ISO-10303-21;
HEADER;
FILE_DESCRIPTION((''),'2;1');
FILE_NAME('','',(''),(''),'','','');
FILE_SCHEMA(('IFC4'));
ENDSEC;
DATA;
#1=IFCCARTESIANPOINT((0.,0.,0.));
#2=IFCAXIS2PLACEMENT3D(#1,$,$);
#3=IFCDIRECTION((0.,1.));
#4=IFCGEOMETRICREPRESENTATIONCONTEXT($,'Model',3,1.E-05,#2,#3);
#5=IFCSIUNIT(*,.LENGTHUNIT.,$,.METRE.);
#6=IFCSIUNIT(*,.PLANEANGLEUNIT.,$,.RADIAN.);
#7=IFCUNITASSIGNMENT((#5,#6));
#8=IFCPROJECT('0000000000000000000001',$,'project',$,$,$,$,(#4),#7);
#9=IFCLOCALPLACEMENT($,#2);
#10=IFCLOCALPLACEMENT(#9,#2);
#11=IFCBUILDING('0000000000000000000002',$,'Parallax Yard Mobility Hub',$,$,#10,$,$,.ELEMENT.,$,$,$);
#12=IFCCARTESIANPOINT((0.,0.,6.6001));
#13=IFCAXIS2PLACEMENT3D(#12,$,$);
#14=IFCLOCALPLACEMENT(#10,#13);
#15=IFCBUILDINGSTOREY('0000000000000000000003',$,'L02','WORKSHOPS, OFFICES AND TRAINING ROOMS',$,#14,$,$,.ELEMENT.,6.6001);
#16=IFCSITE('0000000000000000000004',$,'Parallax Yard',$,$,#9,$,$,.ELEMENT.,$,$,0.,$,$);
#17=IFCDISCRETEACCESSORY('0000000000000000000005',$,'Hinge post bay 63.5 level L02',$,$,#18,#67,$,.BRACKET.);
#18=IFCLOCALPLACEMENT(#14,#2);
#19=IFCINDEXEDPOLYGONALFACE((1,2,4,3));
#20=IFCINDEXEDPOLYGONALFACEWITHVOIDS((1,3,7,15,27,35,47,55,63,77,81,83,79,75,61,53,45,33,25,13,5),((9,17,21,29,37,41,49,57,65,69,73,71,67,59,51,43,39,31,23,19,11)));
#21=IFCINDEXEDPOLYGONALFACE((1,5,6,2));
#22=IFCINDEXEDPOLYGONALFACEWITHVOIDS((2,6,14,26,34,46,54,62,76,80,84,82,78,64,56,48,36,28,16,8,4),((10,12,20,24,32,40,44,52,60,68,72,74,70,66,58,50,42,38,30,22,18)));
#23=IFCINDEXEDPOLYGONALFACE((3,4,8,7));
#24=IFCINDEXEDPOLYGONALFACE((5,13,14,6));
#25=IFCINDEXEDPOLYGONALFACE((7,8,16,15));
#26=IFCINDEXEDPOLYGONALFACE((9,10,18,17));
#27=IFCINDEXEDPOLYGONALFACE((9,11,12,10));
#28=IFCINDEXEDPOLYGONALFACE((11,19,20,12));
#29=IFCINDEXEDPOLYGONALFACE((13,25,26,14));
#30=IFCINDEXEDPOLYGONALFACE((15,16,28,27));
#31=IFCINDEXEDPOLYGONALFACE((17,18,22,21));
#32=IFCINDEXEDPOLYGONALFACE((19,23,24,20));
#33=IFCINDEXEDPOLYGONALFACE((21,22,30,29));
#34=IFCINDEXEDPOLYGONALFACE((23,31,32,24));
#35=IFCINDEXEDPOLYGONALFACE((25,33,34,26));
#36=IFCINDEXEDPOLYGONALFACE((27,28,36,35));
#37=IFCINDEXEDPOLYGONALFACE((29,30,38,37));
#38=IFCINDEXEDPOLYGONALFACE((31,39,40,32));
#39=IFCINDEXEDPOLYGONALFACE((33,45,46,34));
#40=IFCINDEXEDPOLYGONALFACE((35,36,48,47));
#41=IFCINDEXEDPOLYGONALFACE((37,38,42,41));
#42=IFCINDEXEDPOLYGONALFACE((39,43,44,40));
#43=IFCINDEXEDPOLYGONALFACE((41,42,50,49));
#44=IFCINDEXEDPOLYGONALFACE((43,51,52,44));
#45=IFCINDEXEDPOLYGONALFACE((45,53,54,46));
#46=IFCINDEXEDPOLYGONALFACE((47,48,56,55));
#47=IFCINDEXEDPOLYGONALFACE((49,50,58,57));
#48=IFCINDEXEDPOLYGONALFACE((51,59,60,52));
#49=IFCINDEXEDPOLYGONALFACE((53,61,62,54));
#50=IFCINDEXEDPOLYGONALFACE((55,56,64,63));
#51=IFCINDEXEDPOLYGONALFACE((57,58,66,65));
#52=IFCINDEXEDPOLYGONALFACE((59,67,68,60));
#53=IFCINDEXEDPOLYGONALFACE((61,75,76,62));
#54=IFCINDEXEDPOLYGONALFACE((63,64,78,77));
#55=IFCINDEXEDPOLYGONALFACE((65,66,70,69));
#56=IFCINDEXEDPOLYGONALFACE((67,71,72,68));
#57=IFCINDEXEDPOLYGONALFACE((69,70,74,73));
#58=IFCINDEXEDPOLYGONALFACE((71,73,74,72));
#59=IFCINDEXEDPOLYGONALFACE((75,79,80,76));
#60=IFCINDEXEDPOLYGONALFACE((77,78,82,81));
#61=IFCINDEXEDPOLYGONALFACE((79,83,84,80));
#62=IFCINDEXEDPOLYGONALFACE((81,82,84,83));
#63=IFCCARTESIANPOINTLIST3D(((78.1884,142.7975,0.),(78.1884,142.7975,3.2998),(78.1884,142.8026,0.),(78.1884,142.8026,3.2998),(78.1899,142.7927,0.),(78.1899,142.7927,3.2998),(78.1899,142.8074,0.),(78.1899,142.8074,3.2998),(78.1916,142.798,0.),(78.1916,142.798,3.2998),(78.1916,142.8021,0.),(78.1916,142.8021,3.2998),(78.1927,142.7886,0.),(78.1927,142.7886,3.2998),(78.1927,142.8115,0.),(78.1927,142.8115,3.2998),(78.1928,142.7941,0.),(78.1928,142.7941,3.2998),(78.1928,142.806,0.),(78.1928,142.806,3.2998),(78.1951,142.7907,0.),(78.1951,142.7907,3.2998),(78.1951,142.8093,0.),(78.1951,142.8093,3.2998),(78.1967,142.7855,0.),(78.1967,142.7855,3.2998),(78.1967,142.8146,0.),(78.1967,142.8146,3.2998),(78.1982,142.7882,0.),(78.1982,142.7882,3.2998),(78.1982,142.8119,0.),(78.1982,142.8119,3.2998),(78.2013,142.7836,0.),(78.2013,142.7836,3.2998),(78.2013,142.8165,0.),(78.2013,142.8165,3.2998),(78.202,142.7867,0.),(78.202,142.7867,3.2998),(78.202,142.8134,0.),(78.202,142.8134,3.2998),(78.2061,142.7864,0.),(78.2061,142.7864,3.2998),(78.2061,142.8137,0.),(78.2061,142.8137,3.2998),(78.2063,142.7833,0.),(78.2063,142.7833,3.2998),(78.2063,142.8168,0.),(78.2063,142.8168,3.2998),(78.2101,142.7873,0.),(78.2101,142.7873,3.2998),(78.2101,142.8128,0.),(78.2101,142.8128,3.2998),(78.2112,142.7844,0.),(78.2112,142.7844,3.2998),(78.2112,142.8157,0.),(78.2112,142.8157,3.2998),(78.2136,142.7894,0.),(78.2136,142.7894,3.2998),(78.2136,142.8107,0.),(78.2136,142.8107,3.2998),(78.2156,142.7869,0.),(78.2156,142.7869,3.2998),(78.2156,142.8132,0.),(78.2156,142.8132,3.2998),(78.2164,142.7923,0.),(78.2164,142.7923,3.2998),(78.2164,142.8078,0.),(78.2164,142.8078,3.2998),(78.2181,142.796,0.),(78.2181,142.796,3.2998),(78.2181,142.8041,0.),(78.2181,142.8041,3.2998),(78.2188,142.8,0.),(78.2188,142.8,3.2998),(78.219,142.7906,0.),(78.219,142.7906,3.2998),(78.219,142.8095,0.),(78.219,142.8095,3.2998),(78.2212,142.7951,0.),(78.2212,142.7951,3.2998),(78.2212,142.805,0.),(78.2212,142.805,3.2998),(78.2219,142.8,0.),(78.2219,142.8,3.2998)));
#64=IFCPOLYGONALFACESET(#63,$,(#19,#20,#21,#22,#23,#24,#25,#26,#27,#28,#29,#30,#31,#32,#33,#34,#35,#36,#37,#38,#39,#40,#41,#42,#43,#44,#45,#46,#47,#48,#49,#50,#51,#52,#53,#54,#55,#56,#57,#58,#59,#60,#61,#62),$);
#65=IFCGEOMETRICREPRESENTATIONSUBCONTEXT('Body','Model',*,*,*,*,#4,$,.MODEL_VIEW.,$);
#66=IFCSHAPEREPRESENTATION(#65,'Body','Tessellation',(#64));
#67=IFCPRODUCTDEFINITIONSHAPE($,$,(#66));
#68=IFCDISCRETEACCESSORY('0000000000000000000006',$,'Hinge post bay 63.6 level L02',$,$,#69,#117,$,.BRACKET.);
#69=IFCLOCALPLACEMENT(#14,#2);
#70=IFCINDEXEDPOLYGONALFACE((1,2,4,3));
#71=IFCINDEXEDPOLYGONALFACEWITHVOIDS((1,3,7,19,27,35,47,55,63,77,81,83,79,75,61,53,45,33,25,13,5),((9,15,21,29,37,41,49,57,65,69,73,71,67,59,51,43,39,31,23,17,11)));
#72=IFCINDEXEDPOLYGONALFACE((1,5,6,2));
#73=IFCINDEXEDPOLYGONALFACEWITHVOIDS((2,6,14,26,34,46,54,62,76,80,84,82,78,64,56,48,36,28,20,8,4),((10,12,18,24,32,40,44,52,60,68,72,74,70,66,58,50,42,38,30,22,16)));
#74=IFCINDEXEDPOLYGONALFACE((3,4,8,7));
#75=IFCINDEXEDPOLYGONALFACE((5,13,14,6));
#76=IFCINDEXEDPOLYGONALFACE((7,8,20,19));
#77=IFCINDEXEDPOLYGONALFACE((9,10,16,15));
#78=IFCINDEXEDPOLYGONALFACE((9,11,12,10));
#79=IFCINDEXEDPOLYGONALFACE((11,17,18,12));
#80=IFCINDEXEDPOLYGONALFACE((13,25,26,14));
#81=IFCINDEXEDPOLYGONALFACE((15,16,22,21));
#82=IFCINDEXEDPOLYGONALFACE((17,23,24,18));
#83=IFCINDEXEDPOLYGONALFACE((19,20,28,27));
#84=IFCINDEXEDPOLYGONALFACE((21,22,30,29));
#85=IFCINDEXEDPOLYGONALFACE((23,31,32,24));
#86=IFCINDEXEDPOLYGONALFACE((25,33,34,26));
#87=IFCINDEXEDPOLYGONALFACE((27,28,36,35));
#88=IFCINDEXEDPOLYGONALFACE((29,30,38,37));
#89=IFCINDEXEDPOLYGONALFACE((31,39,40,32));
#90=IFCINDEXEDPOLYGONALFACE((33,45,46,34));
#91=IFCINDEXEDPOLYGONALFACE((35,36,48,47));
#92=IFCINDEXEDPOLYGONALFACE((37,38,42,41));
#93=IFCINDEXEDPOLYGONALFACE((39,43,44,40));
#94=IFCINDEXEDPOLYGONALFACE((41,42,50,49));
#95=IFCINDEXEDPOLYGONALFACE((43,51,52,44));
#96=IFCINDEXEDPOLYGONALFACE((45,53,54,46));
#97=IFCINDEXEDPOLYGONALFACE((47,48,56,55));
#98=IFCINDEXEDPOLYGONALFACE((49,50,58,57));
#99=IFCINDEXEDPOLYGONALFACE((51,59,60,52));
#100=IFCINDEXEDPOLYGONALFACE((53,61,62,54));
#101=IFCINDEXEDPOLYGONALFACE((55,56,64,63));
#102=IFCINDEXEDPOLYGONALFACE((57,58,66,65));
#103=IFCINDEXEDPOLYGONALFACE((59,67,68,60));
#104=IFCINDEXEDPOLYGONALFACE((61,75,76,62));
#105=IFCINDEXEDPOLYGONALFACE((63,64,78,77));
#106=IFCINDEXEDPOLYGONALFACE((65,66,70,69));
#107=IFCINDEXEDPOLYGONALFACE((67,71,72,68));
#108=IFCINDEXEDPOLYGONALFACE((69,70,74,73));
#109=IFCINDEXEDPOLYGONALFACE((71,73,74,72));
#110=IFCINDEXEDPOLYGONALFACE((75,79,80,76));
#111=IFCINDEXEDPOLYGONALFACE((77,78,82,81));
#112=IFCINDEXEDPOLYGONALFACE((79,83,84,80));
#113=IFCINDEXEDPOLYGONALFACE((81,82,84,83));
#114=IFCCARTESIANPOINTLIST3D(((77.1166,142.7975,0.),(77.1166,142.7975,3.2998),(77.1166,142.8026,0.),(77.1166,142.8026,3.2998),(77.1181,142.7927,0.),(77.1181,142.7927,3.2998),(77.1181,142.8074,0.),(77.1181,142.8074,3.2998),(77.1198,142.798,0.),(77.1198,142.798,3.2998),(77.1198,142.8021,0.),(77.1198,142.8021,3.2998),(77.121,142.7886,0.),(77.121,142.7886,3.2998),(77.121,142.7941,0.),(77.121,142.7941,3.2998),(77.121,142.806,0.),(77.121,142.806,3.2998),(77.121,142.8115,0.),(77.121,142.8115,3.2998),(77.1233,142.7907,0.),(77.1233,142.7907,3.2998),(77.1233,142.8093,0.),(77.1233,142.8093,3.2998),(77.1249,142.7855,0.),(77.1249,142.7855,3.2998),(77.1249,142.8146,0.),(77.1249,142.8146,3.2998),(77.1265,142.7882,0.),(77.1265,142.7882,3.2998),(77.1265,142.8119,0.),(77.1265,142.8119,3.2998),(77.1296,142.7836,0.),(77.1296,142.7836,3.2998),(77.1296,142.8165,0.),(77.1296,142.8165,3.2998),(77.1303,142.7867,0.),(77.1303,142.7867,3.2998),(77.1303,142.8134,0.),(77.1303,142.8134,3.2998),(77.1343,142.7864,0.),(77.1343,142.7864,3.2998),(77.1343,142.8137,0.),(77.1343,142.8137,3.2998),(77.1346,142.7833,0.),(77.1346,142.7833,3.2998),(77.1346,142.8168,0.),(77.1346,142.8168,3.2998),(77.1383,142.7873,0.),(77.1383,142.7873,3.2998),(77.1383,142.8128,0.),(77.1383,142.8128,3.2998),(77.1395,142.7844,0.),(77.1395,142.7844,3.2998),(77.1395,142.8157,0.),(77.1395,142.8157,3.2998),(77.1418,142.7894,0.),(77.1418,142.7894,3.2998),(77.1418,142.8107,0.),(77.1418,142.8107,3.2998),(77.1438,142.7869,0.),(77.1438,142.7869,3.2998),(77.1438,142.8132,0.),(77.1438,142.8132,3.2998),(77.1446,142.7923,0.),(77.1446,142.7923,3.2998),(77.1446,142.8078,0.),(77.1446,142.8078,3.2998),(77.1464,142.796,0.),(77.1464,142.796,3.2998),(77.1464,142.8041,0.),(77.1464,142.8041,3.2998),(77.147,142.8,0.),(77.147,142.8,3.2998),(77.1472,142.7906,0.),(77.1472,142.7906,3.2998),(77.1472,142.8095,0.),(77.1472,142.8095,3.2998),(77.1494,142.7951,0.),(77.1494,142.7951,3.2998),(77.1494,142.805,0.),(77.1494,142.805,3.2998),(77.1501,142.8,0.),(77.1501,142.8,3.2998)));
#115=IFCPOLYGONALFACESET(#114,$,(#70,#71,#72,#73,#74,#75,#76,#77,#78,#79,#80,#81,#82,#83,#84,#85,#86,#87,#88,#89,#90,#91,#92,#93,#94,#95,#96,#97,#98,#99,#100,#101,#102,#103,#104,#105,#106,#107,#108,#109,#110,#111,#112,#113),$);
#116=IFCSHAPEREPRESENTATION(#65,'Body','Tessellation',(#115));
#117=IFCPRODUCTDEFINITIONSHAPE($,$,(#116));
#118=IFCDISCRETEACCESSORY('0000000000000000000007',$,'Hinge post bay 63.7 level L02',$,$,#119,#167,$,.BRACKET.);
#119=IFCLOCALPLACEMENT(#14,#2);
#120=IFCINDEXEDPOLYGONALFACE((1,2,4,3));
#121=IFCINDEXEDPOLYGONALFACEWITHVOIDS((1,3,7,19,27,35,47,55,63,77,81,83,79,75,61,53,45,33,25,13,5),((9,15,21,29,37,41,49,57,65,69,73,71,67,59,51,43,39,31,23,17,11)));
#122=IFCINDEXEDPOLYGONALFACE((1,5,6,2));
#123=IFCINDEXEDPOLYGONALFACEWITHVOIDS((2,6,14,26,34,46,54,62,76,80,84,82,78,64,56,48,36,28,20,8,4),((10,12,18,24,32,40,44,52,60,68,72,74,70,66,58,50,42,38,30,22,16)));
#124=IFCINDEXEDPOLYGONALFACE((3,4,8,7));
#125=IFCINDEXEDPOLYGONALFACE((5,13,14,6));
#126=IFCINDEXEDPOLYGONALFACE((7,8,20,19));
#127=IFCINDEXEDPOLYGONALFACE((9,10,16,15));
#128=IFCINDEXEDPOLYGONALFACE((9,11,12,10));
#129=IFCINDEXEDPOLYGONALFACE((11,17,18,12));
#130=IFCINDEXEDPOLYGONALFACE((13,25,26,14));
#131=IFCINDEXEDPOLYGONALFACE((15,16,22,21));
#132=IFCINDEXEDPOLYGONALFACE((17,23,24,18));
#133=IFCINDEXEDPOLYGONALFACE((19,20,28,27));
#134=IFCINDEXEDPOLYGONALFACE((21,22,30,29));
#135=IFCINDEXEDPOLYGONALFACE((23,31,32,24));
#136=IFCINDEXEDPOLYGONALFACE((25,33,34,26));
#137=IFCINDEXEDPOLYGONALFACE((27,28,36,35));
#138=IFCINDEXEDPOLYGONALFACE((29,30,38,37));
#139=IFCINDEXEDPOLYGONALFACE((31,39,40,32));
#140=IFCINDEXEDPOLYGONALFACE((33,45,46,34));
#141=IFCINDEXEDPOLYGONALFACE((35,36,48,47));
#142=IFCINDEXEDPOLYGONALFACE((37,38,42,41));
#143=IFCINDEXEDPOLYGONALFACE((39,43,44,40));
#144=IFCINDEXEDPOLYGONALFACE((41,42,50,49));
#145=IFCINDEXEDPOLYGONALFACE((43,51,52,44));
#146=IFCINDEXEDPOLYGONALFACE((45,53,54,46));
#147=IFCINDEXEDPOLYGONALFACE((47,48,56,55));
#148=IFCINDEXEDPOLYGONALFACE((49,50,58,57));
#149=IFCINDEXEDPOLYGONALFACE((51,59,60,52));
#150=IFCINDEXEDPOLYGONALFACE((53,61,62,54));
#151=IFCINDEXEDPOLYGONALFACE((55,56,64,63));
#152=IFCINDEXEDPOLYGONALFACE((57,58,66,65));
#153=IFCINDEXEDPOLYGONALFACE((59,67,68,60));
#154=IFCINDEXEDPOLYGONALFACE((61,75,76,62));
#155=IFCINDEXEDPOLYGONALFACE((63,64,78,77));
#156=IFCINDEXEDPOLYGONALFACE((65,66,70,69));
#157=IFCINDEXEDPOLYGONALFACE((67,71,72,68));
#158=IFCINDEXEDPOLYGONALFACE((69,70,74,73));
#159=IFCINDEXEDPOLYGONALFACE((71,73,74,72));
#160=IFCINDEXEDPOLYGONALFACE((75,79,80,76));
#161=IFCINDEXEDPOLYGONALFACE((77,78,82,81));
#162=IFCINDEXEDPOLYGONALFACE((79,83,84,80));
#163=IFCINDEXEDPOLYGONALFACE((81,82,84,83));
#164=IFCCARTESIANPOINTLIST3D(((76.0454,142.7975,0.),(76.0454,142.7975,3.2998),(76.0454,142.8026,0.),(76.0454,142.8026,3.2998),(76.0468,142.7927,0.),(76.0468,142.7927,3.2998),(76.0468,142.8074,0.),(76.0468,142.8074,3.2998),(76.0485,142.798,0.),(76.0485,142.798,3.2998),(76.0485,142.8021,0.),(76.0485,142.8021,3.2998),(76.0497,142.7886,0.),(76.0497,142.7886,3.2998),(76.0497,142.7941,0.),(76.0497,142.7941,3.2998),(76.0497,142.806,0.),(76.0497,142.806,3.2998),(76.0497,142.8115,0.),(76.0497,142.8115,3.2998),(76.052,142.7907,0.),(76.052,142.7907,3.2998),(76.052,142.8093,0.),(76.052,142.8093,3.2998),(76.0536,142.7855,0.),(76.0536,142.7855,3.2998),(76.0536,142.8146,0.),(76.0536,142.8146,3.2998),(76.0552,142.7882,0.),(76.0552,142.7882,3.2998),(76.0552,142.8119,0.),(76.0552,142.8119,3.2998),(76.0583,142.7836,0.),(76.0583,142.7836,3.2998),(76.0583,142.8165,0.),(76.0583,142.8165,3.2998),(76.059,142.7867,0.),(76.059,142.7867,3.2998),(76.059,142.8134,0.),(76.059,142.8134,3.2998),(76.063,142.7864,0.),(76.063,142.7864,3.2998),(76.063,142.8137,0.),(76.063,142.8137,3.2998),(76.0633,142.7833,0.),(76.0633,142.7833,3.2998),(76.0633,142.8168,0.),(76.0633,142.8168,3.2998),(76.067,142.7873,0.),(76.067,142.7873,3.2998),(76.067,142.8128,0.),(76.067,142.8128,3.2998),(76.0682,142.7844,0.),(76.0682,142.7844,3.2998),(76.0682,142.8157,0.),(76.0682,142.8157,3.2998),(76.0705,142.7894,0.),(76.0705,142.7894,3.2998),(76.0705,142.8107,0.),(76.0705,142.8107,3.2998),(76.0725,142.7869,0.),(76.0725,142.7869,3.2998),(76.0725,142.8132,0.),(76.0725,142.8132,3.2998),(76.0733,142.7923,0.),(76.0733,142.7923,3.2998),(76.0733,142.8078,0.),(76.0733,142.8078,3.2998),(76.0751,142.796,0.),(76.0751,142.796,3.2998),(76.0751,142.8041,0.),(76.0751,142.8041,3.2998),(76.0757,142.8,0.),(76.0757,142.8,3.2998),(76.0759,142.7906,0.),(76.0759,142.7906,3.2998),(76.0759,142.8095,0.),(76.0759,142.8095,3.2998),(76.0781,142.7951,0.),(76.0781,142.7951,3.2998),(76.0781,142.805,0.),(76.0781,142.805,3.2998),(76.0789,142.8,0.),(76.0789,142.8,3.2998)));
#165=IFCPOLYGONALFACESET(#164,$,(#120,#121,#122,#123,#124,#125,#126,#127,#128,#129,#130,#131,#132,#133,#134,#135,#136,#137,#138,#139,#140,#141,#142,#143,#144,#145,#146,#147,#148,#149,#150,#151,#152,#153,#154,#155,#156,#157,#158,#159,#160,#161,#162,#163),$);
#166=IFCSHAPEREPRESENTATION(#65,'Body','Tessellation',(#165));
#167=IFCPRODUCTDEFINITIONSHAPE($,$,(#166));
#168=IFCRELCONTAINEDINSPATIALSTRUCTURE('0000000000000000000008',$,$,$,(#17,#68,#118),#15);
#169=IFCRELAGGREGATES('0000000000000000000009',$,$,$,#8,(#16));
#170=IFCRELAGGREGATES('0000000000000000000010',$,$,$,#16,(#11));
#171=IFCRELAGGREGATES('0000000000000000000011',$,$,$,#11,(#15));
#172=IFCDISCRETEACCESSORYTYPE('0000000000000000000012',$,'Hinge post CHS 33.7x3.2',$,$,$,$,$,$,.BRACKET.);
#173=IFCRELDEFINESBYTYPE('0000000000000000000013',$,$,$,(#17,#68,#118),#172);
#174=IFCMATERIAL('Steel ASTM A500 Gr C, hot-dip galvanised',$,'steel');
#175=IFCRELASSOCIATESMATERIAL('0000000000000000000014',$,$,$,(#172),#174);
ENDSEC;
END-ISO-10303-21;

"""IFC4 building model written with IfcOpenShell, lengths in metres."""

from ifc_helpers import new_model, si_unit, direction, frame, origin, origin_2d, place, context, subcontext, project, spatial, hollow_circle, extrude, material, material_profile, profile_set, type_object, element, save


model = new_model("IFC4")

# Units and contexts
model_context = context("Model", 3, precision=1e-05, world=origin(), true_north=direction((0.0, 1.0)))
body_context = subcontext(model_context, "Body", "Model", "MODEL_VIEW")
ifc_project = project(units=[si_unit("LENGTHUNIT", "METRE"), si_unit("PLANEANGLEUNIT", "RADIAN")], contexts=[model_context])

# Site, building, storey
site_placement = place(None, origin())
site = spatial("IfcSite", under=ifc_project, at=site_placement, Name="Parallax Yard", CompositionType="ELEMENT", RefElevation=0.0)
building_placement = place(site_placement, origin())
building = spatial("IfcBuilding", under=site, at=building_placement, Name="Parallax Yard Mobility Hub", CompositionType="ELEMENT")
storey_placement = place(building_placement, frame((0.0, 0.0, 6.6001)))
storey = spatial("IfcBuildingStorey", under=building, at=storey_placement, Name="L02", Description="WORKSHOPS, OFFICES AND TRAINING ROOMS", CompositionType="ELEMENT", Elevation=6.6001)

# Discrete accessories
ifc_material_1 = material(Name="Steel ASTM A500 Gr C, hot-dip galvanised", Category="steel")
ifc_material_profile = material_profile(ifc_material_1, hollow_circle(Radius=0.0168, WallThickness=0.0032, at=origin_2d()), Name="CHS 33.7x3.2")
ifc_profile_set = profile_set([ifc_material_profile], Name="Steel ASTM A500 Gr C, hot-dip galvanised")
discrete_accessory_type_1 = type_object("IfcDiscreteAccessoryType", Name="Hinge post CHS 33.7x3.2", PredefinedType="BRACKET", material=ifc_profile_set)
for number, where, z_axis, x_axis, name in (
    (1, (78.2051, 142.8, 0.0), (0.0, 0.0, 1.0), (1.0, 0.0, 0.0), "Hinge post bay 63.5 level L02"),
    (2, (77.1333, 142.8, 0.0), (0.0, 0.0, 1.0), (1.0, 0.0, 0.0), "Hinge post bay 63.6 level L02"),
    (3, (76.062, 142.8, 0.0), (0.0, 0.0, 1.0), (1.0, 0.0, 0.0), "Hinge post bay 63.7 level L02"),
):
    element("IfcDiscreteAccessory", number, at=place(storey_placement, frame(where, z_axis=z_axis, x_axis=x_axis)), inside=storey, type_object=discrete_accessory_type_1, Name=name, PredefinedType="BRACKET", context=body_context, shape_type="SweptSolid", body=[
        extrude(hollow_circle(Radius=0.0168, WallThickness=0.0032, at=origin_2d()), origin(), (0.0, 0.0, 1.0), 3.2998),
    ])

save(model, "model.ifc")
